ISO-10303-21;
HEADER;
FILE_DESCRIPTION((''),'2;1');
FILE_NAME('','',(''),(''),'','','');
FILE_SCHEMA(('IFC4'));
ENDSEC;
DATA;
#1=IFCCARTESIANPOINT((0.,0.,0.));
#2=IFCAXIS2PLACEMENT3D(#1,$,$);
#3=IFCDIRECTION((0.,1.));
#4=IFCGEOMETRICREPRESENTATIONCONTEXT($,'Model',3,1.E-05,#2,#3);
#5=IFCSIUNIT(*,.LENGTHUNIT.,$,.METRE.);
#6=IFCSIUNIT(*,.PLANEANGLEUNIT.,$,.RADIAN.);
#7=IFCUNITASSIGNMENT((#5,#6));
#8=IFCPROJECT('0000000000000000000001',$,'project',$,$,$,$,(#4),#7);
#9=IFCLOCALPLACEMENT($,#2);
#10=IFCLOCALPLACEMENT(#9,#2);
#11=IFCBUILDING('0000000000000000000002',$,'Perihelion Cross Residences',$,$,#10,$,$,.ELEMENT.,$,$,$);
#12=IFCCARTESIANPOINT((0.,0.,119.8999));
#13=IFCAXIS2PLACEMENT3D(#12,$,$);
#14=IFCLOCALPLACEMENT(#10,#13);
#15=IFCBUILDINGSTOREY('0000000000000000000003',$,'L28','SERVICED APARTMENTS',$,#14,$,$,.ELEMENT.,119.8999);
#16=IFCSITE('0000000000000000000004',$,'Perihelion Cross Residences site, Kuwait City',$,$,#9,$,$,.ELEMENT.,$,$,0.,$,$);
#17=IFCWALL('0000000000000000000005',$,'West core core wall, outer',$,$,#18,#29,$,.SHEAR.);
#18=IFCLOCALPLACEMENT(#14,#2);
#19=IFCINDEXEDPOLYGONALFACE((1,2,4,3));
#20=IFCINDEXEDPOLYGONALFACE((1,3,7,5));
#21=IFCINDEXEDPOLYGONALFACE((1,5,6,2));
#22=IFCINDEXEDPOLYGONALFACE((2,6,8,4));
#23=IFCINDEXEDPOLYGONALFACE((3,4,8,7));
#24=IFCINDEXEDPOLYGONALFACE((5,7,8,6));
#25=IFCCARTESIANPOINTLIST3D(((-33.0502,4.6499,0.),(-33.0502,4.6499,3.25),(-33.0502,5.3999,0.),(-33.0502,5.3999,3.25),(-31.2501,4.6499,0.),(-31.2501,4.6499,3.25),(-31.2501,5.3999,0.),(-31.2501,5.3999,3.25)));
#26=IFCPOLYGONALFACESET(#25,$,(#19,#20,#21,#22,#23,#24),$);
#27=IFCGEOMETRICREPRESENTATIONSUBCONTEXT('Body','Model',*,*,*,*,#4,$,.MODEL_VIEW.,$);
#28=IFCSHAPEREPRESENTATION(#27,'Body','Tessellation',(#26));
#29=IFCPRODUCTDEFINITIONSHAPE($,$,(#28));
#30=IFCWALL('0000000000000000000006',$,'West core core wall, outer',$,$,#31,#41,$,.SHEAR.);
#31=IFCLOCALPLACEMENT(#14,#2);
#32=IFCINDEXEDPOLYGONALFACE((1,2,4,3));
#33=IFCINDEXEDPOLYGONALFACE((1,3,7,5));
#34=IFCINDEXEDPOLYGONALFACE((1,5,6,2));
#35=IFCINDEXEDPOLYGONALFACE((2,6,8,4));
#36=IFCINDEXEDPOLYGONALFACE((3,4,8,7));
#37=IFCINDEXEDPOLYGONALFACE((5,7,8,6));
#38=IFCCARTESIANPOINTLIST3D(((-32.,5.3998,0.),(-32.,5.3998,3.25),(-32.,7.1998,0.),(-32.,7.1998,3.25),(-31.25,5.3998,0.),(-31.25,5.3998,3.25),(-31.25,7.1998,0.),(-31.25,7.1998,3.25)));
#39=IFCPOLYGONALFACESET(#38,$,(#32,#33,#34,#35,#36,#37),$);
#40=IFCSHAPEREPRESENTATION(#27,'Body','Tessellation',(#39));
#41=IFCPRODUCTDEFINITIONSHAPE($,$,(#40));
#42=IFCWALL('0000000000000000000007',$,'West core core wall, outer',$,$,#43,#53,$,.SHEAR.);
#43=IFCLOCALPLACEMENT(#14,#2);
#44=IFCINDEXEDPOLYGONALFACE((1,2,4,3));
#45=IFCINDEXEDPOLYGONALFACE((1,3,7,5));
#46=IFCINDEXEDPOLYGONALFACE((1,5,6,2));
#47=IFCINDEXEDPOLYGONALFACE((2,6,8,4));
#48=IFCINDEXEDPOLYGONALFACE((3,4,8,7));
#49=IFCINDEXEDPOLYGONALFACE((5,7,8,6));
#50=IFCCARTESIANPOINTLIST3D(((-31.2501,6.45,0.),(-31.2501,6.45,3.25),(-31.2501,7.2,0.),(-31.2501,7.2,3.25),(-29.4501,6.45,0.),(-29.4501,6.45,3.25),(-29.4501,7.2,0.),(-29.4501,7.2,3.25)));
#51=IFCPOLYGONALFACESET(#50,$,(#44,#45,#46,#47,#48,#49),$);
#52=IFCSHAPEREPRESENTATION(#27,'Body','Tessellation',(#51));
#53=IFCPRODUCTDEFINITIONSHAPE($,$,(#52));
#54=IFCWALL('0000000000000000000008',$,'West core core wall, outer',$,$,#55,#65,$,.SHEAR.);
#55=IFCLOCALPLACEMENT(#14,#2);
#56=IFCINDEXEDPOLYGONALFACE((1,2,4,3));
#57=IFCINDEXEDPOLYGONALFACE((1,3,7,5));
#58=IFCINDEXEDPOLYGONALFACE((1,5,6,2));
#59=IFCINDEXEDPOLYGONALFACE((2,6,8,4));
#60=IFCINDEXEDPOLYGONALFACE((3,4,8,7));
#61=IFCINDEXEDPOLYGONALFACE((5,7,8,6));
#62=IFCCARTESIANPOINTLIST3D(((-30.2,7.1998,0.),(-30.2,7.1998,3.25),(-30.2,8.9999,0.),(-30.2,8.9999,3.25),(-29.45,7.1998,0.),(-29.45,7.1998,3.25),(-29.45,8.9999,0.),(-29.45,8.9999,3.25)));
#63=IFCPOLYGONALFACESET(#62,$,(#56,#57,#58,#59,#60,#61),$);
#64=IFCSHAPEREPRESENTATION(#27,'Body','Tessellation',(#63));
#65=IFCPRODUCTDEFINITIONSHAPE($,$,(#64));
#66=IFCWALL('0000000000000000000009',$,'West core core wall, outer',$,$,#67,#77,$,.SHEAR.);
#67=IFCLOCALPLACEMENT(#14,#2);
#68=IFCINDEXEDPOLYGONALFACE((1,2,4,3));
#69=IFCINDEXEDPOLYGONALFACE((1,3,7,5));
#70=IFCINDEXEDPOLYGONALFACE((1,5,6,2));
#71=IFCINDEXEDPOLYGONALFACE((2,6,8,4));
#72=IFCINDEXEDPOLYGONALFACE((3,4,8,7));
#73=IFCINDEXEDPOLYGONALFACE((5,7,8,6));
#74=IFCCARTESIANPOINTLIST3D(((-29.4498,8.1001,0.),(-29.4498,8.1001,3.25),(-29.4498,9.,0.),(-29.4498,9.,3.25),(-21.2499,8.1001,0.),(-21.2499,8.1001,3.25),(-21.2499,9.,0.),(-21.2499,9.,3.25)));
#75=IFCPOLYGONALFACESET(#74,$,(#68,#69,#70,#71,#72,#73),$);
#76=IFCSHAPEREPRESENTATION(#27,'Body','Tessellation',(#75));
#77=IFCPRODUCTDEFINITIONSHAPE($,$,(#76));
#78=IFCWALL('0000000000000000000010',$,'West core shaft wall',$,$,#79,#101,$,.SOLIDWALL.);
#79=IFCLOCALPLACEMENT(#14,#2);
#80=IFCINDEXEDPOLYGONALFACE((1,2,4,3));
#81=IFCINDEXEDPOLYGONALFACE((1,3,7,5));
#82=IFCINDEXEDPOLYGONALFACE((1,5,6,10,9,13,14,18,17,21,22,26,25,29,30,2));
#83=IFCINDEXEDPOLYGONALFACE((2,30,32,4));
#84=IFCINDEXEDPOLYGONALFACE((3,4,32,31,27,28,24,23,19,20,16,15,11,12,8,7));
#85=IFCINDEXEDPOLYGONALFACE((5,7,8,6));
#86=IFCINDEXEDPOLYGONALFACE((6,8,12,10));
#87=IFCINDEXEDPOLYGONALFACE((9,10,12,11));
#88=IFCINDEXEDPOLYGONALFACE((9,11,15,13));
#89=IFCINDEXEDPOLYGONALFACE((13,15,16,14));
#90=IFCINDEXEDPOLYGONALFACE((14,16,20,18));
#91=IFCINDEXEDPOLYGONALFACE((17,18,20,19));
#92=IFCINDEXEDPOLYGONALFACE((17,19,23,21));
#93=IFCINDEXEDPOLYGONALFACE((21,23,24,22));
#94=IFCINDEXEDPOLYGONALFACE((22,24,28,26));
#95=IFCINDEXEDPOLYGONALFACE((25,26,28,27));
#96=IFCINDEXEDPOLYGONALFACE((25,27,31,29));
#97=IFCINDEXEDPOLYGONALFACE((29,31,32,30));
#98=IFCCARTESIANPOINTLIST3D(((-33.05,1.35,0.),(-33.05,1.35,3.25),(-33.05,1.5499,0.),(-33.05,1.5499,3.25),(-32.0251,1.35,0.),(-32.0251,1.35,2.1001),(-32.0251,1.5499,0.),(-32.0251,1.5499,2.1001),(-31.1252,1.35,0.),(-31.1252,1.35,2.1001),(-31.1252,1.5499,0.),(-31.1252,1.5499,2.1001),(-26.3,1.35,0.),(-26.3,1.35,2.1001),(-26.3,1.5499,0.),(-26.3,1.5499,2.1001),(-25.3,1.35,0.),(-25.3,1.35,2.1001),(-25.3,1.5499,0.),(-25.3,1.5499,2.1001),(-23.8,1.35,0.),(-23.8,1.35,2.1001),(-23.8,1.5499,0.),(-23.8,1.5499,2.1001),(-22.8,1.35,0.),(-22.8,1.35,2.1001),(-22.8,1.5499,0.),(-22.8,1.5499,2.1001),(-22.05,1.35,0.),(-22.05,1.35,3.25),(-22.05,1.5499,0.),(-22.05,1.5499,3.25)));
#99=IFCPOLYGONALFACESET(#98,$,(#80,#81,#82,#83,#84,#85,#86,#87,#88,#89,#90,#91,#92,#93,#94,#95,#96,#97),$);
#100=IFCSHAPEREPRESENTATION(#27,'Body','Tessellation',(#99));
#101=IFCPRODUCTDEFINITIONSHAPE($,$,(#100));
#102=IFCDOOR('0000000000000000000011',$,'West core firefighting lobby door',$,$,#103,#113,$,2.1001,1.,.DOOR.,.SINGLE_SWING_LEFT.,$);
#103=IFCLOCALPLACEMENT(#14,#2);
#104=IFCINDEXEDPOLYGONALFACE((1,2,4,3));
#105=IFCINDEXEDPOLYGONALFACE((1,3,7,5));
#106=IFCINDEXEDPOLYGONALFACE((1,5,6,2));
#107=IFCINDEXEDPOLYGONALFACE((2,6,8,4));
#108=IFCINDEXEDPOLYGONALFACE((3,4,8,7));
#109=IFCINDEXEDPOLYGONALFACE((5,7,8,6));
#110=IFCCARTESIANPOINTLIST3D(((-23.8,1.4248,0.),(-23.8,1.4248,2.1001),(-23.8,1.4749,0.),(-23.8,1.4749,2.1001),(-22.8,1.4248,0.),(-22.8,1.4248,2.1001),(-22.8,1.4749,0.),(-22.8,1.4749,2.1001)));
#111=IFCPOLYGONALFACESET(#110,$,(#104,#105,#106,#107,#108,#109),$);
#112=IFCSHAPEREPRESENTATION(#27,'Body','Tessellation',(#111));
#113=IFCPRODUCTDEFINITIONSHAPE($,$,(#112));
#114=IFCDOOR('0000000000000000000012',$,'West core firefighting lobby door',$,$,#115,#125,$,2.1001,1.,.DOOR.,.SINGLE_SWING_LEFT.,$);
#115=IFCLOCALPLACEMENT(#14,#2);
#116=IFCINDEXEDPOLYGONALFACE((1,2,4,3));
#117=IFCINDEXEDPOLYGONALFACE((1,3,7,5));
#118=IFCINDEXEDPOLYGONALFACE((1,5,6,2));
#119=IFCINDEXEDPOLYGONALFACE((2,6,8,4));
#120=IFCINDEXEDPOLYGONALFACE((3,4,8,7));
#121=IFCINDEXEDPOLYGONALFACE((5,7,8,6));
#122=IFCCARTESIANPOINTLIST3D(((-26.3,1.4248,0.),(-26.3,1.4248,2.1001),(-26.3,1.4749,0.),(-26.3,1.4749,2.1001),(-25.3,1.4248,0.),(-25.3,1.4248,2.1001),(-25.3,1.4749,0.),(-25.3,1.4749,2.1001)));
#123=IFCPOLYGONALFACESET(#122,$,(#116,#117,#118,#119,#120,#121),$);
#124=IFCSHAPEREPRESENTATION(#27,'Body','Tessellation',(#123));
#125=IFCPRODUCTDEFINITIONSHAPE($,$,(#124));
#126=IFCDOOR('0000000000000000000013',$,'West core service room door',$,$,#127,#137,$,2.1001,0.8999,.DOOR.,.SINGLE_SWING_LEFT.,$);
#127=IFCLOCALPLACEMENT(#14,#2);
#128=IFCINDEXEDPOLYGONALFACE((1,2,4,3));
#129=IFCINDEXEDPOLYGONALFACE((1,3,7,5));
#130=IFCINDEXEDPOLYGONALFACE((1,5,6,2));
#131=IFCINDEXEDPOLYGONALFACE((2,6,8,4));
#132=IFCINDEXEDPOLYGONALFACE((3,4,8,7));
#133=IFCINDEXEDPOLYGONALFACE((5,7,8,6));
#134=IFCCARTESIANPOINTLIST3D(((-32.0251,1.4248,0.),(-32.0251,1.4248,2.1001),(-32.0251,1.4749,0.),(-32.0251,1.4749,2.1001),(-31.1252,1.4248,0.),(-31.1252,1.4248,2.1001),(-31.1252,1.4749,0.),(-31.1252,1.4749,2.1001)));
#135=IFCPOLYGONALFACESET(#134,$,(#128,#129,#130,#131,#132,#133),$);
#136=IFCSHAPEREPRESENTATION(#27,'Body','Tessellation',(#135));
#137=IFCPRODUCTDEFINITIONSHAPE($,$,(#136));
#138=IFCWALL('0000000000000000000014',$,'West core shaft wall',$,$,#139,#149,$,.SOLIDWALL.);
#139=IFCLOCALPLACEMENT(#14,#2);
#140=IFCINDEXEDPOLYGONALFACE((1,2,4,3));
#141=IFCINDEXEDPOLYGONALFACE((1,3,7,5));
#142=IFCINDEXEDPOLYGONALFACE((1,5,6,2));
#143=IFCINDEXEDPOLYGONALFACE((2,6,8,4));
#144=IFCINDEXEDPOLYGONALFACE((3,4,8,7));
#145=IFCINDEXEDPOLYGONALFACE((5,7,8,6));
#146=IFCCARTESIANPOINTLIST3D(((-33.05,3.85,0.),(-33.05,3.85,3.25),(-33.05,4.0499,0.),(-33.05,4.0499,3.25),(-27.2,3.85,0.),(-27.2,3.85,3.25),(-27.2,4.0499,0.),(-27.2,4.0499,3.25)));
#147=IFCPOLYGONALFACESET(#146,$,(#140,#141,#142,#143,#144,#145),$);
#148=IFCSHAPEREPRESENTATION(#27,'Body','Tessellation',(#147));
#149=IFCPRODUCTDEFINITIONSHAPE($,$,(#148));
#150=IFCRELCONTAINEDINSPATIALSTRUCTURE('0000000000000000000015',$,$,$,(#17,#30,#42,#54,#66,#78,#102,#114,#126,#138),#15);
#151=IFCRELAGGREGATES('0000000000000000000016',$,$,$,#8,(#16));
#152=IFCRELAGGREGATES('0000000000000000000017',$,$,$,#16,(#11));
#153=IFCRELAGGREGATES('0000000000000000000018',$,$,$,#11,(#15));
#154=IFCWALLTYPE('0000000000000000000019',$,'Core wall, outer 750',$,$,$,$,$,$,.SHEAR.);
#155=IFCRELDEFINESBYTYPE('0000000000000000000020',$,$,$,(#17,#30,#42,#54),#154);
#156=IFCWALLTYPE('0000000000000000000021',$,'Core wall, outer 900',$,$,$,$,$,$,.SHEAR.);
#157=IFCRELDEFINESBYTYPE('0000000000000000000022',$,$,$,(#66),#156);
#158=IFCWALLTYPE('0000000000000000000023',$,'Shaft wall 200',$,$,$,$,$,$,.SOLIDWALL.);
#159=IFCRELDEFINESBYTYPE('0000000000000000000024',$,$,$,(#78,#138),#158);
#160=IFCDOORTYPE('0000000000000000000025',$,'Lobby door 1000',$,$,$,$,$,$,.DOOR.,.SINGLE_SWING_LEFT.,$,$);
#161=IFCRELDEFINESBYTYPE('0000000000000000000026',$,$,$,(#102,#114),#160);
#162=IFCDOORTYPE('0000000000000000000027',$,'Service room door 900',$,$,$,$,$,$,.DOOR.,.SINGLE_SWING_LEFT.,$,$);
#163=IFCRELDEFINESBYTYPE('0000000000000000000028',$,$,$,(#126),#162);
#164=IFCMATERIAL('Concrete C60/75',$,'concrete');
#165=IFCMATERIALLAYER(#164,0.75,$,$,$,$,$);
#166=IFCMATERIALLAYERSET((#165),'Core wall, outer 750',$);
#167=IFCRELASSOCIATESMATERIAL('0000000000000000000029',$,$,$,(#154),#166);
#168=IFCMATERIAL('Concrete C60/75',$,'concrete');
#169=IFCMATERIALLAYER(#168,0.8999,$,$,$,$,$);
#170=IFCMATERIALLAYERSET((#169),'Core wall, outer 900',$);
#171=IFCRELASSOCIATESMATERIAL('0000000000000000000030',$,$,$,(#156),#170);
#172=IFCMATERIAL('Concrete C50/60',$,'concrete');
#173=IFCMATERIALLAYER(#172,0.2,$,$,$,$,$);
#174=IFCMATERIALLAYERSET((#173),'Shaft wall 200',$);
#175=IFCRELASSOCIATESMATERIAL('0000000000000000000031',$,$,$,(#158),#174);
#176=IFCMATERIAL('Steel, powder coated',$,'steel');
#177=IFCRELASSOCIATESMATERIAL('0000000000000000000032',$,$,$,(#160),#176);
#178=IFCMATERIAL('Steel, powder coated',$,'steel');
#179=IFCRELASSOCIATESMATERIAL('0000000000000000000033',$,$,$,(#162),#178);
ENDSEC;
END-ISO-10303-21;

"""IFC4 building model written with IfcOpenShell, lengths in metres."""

from ifc_helpers import new_model, si_unit, direction, frame, frame_2d, origin, place, context, subcontext, project, spatial, rectangle, extrude, material, layer, layer_set, type_object, element, fill, save


model = new_model("IFC4")

# Units and contexts
model_context = context("Model", 3, precision=1e-05, world=origin(), true_north=direction((0.0, 1.0)))
body_context = subcontext(model_context, "Body", "Model", "MODEL_VIEW")
ifc_project = project(units=[si_unit("LENGTHUNIT", "METRE"), si_unit("PLANEANGLEUNIT", "RADIAN")], contexts=[model_context])

# Site, building, storey
site_placement = place(None, origin())
site = spatial("IfcSite", under=ifc_project, at=site_placement, Name="Perihelion Cross Residences site, Kuwait City", CompositionType="ELEMENT", RefElevation=0.0)
building_placement = place(site_placement, origin())
building = spatial("IfcBuilding", under=site, at=building_placement, Name="Perihelion Cross Residences", CompositionType="ELEMENT")
storey_placement = place(building_placement, frame((0.0, 0.0, 119.8999)))
storey = spatial("IfcBuildingStorey", under=building, at=storey_placement, Name="L28", Description="SERVICED APARTMENTS", CompositionType="ELEMENT", Elevation=119.8999)

# Walls
ifc_material_1 = material(Name="Concrete C60/75", Category="concrete")
ifc_layer_1 = layer(ifc_material_1, 0.75)
ifc_layer_set_1 = layer_set([ifc_layer_1], Name="Core wall, outer 750")
wall_type_1 = type_object("IfcWallType", Name="Core wall, outer 750", PredefinedType="SHEAR", material=ifc_layer_set_1)
for number, where, z_axis, x_axis, name in (
    (1, (-33.05, 5.0249, 0.0), (0.0, 0.0, 1.0), (1.0, 0.0, 0.0), "West core core wall, outer"),
    (2, (-31.625, 5.3999, 0.0), (0.0, 0.0, 1.0), (0.0, 1.0, 0.0), "West core core wall, outer"),
    (3, (-31.25, 6.825, 0.0), (0.0, 0.0, 1.0), (1.0, 0.0, 0.0), "West core core wall, outer"),
    (4, (-29.825, 7.2, 0.0), (0.0, 0.0, 1.0), (0.0, 1.0, 0.0), "West core core wall, outer"),
):
    element("IfcWall", number, at=place(storey_placement, frame(where, z_axis=z_axis, x_axis=x_axis)), inside=storey, type_object=wall_type_1, Name=name, PredefinedType="SHEAR", context=body_context, shape_type="SweptSolid", body=[
        extrude(rectangle(XDim=1.8, YDim=0.75, at=frame_2d((0.8999, 0.0))), origin(), (0.0, 0.0, 1.0), 3.25),
    ])
ifc_material_2 = material(Name="Concrete C60/75", Category="concrete")
ifc_layer_2 = layer(ifc_material_2, 0.8999)
ifc_layer_set_2 = layer_set([ifc_layer_2], Name="Core wall, outer 900")
wall_type_2 = type_object("IfcWallType", Name="Core wall, outer 900", PredefinedType="SHEAR", material=ifc_layer_set_2)
wall_1_placement = place(storey_placement, frame((-29.45, 8.55, 0.0), z_axis=(0.0, 0.0, 1.0), x_axis=(1.0, 0.0, 0.0)))
element("IfcWall", 5, at=wall_1_placement, inside=storey, type_object=wall_type_2, Name="West core core wall, outer", PredefinedType="SHEAR", context=body_context, shape_type="SweptSolid", body=[
    extrude(rectangle(XDim=8.2, YDim=0.8999, at=frame_2d((4.1001, 0.0))), origin(), (0.0, 0.0, 1.0), 3.25),
])

# Wall, openings, doors
ifc_material_3 = material(Name="Concrete C50/60", Category="concrete")
ifc_layer_3 = layer(ifc_material_3, 0.2)
ifc_layer_set_3 = layer_set([ifc_layer_3], Name="Shaft wall 200")
wall_type_3 = type_object("IfcWallType", Name="Shaft wall 200", PredefinedType="SOLIDWALL", material=ifc_layer_set_3)
wall_2_placement = place(storey_placement, frame((-33.05, 1.45, 0.0), z_axis=(0.0, 0.0, 1.0), x_axis=(1.0, 0.0, 0.0)))
wall_2 = element("IfcWall", 6, at=wall_2_placement, inside=storey, type_object=wall_type_3, Name="West core shaft wall", PredefinedType="SOLIDWALL", context=body_context, shape_type="SweptSolid", body=[
    extrude(rectangle(XDim=11.0, YDim=0.2, at=frame_2d((5.5, 0.0))), origin(), (0.0, 0.0, 1.0), 3.25),
])
opening_1_placement = place(wall_2_placement, frame((9.25, 0.0, 0.0)))
opening_1 = element("IfcOpeningElement", 7, at=opening_1_placement, cuts=wall_2, PredefinedType="OPENING", context=body_context, shape_type="SweptSolid", body=[
    extrude(rectangle(XDim=1.0, YDim=2.1001, at=frame_2d((0.5, 1.05))), frame((0.0, 0.1099, 0.0), z_axis=(0.0, -1.0, 0.0), x_axis=(1.0, 0.0, 0.0)), (0.0, 0.0, 1.0), 0.22),
])
opening_2_placement = place(wall_2_placement, frame((6.75, 0.0, 0.0)))
opening_2 = element("IfcOpeningElement", 8, at=opening_2_placement, cuts=wall_2, PredefinedType="OPENING", context=body_context, shape_type="SweptSolid", body=[
    extrude(rectangle(XDim=1.0, YDim=2.1001, at=frame_2d((0.5, 1.05))), frame((0.0, 0.1099, 0.0), z_axis=(0.0, -1.0, 0.0), x_axis=(1.0, 0.0, 0.0)), (0.0, 0.0, 1.0), 0.22),
])
opening_3_placement = place(wall_2_placement, frame((1.0249, 0.0, 0.0)))
opening_3 = element("IfcOpeningElement", 9, at=opening_3_placement, cuts=wall_2, PredefinedType="OPENING", context=body_context, shape_type="SweptSolid", body=[
    extrude(rectangle(XDim=0.8999, YDim=2.1001, at=frame_2d((0.45, 1.05))), frame((0.0, 0.1099, 0.0), z_axis=(0.0, -1.0, 0.0), x_axis=(1.0, 0.0, 0.0)), (0.0, 0.0, 1.0), 0.22),
])
ifc_material_4 = material(Name="Steel, powder coated", Category="steel")
door_type_1 = type_object("IfcDoorType", Name="Lobby door 1000", OperationType="SINGLE_SWING_LEFT", PredefinedType="DOOR", material=ifc_material_4)
door_1_placement = place(opening_1_placement, origin())
door_1 = element("IfcDoor", 10, at=door_1_placement, inside=storey, type_object=door_type_1, Name="West core firefighting lobby door", OperationType="SINGLE_SWING_LEFT", OverallHeight=2.1001, OverallWidth=1.0, PredefinedType="DOOR", context=body_context, shape_type="SweptSolid", body=[
    extrude(rectangle(XDim=1.0, YDim=2.1001, at=frame_2d((0.5, 1.05))), frame((0.0, 0.0249, 0.0), z_axis=(0.0, -1.0, 0.0), x_axis=(1.0, 0.0, 0.0)), (0.0, 0.0, 1.0), 0.05),
])
fill(opening_1, door_1)
door_2_placement = place(opening_2_placement, origin())
door_2 = element("IfcDoor", 11, at=door_2_placement, inside=storey, type_object=door_type_1, Name="West core firefighting lobby door", OperationType="SINGLE_SWING_LEFT", OverallHeight=2.1001, OverallWidth=1.0, PredefinedType="DOOR", context=body_context, shape_type="SweptSolid", body=[
    extrude(rectangle(XDim=1.0, YDim=2.1001, at=frame_2d((0.5, 1.05))), frame((0.0, 0.0249, 0.0), z_axis=(0.0, -1.0, 0.0), x_axis=(1.0, 0.0, 0.0)), (0.0, 0.0, 1.0), 0.05),
])
fill(opening_2, door_2)
ifc_material_5 = material(Name="Steel, powder coated", Category="steel")
door_type_2 = type_object("IfcDoorType", Name="Service room door 900", OperationType="SINGLE_SWING_LEFT", PredefinedType="DOOR", material=ifc_material_5)
door_3_placement = place(opening_3_placement, origin())
door_3 = element("IfcDoor", 12, at=door_3_placement, inside=storey, type_object=door_type_2, Name="West core service room door", OperationType="SINGLE_SWING_LEFT", OverallHeight=2.1001, OverallWidth=0.8999, PredefinedType="DOOR", context=body_context, shape_type="SweptSolid", body=[
    extrude(rectangle(XDim=0.8999, YDim=2.1001, at=frame_2d((0.45, 1.05))), frame((0.0, 0.0249, 0.0), z_axis=(0.0, -1.0, 0.0), x_axis=(1.0, 0.0, 0.0)), (0.0, 0.0, 1.0), 0.05),
])
fill(opening_3, door_3)

# Wall
wall_3_placement = place(storey_placement, frame((-33.05, 3.95, 0.0), z_axis=(0.0, 0.0, 1.0), x_axis=(1.0, 0.0, 0.0)))
element("IfcWall", 13, at=wall_3_placement, inside=storey, type_object=wall_type_3, Name="West core shaft wall", PredefinedType="SOLIDWALL", context=body_context, shape_type="SweptSolid", body=[
    extrude(rectangle(XDim=5.8501, YDim=0.2, at=frame_2d((2.925, 0.0))), origin(), (0.0, 0.0, 1.0), 3.25),
])

save(model, "model.ifc")
